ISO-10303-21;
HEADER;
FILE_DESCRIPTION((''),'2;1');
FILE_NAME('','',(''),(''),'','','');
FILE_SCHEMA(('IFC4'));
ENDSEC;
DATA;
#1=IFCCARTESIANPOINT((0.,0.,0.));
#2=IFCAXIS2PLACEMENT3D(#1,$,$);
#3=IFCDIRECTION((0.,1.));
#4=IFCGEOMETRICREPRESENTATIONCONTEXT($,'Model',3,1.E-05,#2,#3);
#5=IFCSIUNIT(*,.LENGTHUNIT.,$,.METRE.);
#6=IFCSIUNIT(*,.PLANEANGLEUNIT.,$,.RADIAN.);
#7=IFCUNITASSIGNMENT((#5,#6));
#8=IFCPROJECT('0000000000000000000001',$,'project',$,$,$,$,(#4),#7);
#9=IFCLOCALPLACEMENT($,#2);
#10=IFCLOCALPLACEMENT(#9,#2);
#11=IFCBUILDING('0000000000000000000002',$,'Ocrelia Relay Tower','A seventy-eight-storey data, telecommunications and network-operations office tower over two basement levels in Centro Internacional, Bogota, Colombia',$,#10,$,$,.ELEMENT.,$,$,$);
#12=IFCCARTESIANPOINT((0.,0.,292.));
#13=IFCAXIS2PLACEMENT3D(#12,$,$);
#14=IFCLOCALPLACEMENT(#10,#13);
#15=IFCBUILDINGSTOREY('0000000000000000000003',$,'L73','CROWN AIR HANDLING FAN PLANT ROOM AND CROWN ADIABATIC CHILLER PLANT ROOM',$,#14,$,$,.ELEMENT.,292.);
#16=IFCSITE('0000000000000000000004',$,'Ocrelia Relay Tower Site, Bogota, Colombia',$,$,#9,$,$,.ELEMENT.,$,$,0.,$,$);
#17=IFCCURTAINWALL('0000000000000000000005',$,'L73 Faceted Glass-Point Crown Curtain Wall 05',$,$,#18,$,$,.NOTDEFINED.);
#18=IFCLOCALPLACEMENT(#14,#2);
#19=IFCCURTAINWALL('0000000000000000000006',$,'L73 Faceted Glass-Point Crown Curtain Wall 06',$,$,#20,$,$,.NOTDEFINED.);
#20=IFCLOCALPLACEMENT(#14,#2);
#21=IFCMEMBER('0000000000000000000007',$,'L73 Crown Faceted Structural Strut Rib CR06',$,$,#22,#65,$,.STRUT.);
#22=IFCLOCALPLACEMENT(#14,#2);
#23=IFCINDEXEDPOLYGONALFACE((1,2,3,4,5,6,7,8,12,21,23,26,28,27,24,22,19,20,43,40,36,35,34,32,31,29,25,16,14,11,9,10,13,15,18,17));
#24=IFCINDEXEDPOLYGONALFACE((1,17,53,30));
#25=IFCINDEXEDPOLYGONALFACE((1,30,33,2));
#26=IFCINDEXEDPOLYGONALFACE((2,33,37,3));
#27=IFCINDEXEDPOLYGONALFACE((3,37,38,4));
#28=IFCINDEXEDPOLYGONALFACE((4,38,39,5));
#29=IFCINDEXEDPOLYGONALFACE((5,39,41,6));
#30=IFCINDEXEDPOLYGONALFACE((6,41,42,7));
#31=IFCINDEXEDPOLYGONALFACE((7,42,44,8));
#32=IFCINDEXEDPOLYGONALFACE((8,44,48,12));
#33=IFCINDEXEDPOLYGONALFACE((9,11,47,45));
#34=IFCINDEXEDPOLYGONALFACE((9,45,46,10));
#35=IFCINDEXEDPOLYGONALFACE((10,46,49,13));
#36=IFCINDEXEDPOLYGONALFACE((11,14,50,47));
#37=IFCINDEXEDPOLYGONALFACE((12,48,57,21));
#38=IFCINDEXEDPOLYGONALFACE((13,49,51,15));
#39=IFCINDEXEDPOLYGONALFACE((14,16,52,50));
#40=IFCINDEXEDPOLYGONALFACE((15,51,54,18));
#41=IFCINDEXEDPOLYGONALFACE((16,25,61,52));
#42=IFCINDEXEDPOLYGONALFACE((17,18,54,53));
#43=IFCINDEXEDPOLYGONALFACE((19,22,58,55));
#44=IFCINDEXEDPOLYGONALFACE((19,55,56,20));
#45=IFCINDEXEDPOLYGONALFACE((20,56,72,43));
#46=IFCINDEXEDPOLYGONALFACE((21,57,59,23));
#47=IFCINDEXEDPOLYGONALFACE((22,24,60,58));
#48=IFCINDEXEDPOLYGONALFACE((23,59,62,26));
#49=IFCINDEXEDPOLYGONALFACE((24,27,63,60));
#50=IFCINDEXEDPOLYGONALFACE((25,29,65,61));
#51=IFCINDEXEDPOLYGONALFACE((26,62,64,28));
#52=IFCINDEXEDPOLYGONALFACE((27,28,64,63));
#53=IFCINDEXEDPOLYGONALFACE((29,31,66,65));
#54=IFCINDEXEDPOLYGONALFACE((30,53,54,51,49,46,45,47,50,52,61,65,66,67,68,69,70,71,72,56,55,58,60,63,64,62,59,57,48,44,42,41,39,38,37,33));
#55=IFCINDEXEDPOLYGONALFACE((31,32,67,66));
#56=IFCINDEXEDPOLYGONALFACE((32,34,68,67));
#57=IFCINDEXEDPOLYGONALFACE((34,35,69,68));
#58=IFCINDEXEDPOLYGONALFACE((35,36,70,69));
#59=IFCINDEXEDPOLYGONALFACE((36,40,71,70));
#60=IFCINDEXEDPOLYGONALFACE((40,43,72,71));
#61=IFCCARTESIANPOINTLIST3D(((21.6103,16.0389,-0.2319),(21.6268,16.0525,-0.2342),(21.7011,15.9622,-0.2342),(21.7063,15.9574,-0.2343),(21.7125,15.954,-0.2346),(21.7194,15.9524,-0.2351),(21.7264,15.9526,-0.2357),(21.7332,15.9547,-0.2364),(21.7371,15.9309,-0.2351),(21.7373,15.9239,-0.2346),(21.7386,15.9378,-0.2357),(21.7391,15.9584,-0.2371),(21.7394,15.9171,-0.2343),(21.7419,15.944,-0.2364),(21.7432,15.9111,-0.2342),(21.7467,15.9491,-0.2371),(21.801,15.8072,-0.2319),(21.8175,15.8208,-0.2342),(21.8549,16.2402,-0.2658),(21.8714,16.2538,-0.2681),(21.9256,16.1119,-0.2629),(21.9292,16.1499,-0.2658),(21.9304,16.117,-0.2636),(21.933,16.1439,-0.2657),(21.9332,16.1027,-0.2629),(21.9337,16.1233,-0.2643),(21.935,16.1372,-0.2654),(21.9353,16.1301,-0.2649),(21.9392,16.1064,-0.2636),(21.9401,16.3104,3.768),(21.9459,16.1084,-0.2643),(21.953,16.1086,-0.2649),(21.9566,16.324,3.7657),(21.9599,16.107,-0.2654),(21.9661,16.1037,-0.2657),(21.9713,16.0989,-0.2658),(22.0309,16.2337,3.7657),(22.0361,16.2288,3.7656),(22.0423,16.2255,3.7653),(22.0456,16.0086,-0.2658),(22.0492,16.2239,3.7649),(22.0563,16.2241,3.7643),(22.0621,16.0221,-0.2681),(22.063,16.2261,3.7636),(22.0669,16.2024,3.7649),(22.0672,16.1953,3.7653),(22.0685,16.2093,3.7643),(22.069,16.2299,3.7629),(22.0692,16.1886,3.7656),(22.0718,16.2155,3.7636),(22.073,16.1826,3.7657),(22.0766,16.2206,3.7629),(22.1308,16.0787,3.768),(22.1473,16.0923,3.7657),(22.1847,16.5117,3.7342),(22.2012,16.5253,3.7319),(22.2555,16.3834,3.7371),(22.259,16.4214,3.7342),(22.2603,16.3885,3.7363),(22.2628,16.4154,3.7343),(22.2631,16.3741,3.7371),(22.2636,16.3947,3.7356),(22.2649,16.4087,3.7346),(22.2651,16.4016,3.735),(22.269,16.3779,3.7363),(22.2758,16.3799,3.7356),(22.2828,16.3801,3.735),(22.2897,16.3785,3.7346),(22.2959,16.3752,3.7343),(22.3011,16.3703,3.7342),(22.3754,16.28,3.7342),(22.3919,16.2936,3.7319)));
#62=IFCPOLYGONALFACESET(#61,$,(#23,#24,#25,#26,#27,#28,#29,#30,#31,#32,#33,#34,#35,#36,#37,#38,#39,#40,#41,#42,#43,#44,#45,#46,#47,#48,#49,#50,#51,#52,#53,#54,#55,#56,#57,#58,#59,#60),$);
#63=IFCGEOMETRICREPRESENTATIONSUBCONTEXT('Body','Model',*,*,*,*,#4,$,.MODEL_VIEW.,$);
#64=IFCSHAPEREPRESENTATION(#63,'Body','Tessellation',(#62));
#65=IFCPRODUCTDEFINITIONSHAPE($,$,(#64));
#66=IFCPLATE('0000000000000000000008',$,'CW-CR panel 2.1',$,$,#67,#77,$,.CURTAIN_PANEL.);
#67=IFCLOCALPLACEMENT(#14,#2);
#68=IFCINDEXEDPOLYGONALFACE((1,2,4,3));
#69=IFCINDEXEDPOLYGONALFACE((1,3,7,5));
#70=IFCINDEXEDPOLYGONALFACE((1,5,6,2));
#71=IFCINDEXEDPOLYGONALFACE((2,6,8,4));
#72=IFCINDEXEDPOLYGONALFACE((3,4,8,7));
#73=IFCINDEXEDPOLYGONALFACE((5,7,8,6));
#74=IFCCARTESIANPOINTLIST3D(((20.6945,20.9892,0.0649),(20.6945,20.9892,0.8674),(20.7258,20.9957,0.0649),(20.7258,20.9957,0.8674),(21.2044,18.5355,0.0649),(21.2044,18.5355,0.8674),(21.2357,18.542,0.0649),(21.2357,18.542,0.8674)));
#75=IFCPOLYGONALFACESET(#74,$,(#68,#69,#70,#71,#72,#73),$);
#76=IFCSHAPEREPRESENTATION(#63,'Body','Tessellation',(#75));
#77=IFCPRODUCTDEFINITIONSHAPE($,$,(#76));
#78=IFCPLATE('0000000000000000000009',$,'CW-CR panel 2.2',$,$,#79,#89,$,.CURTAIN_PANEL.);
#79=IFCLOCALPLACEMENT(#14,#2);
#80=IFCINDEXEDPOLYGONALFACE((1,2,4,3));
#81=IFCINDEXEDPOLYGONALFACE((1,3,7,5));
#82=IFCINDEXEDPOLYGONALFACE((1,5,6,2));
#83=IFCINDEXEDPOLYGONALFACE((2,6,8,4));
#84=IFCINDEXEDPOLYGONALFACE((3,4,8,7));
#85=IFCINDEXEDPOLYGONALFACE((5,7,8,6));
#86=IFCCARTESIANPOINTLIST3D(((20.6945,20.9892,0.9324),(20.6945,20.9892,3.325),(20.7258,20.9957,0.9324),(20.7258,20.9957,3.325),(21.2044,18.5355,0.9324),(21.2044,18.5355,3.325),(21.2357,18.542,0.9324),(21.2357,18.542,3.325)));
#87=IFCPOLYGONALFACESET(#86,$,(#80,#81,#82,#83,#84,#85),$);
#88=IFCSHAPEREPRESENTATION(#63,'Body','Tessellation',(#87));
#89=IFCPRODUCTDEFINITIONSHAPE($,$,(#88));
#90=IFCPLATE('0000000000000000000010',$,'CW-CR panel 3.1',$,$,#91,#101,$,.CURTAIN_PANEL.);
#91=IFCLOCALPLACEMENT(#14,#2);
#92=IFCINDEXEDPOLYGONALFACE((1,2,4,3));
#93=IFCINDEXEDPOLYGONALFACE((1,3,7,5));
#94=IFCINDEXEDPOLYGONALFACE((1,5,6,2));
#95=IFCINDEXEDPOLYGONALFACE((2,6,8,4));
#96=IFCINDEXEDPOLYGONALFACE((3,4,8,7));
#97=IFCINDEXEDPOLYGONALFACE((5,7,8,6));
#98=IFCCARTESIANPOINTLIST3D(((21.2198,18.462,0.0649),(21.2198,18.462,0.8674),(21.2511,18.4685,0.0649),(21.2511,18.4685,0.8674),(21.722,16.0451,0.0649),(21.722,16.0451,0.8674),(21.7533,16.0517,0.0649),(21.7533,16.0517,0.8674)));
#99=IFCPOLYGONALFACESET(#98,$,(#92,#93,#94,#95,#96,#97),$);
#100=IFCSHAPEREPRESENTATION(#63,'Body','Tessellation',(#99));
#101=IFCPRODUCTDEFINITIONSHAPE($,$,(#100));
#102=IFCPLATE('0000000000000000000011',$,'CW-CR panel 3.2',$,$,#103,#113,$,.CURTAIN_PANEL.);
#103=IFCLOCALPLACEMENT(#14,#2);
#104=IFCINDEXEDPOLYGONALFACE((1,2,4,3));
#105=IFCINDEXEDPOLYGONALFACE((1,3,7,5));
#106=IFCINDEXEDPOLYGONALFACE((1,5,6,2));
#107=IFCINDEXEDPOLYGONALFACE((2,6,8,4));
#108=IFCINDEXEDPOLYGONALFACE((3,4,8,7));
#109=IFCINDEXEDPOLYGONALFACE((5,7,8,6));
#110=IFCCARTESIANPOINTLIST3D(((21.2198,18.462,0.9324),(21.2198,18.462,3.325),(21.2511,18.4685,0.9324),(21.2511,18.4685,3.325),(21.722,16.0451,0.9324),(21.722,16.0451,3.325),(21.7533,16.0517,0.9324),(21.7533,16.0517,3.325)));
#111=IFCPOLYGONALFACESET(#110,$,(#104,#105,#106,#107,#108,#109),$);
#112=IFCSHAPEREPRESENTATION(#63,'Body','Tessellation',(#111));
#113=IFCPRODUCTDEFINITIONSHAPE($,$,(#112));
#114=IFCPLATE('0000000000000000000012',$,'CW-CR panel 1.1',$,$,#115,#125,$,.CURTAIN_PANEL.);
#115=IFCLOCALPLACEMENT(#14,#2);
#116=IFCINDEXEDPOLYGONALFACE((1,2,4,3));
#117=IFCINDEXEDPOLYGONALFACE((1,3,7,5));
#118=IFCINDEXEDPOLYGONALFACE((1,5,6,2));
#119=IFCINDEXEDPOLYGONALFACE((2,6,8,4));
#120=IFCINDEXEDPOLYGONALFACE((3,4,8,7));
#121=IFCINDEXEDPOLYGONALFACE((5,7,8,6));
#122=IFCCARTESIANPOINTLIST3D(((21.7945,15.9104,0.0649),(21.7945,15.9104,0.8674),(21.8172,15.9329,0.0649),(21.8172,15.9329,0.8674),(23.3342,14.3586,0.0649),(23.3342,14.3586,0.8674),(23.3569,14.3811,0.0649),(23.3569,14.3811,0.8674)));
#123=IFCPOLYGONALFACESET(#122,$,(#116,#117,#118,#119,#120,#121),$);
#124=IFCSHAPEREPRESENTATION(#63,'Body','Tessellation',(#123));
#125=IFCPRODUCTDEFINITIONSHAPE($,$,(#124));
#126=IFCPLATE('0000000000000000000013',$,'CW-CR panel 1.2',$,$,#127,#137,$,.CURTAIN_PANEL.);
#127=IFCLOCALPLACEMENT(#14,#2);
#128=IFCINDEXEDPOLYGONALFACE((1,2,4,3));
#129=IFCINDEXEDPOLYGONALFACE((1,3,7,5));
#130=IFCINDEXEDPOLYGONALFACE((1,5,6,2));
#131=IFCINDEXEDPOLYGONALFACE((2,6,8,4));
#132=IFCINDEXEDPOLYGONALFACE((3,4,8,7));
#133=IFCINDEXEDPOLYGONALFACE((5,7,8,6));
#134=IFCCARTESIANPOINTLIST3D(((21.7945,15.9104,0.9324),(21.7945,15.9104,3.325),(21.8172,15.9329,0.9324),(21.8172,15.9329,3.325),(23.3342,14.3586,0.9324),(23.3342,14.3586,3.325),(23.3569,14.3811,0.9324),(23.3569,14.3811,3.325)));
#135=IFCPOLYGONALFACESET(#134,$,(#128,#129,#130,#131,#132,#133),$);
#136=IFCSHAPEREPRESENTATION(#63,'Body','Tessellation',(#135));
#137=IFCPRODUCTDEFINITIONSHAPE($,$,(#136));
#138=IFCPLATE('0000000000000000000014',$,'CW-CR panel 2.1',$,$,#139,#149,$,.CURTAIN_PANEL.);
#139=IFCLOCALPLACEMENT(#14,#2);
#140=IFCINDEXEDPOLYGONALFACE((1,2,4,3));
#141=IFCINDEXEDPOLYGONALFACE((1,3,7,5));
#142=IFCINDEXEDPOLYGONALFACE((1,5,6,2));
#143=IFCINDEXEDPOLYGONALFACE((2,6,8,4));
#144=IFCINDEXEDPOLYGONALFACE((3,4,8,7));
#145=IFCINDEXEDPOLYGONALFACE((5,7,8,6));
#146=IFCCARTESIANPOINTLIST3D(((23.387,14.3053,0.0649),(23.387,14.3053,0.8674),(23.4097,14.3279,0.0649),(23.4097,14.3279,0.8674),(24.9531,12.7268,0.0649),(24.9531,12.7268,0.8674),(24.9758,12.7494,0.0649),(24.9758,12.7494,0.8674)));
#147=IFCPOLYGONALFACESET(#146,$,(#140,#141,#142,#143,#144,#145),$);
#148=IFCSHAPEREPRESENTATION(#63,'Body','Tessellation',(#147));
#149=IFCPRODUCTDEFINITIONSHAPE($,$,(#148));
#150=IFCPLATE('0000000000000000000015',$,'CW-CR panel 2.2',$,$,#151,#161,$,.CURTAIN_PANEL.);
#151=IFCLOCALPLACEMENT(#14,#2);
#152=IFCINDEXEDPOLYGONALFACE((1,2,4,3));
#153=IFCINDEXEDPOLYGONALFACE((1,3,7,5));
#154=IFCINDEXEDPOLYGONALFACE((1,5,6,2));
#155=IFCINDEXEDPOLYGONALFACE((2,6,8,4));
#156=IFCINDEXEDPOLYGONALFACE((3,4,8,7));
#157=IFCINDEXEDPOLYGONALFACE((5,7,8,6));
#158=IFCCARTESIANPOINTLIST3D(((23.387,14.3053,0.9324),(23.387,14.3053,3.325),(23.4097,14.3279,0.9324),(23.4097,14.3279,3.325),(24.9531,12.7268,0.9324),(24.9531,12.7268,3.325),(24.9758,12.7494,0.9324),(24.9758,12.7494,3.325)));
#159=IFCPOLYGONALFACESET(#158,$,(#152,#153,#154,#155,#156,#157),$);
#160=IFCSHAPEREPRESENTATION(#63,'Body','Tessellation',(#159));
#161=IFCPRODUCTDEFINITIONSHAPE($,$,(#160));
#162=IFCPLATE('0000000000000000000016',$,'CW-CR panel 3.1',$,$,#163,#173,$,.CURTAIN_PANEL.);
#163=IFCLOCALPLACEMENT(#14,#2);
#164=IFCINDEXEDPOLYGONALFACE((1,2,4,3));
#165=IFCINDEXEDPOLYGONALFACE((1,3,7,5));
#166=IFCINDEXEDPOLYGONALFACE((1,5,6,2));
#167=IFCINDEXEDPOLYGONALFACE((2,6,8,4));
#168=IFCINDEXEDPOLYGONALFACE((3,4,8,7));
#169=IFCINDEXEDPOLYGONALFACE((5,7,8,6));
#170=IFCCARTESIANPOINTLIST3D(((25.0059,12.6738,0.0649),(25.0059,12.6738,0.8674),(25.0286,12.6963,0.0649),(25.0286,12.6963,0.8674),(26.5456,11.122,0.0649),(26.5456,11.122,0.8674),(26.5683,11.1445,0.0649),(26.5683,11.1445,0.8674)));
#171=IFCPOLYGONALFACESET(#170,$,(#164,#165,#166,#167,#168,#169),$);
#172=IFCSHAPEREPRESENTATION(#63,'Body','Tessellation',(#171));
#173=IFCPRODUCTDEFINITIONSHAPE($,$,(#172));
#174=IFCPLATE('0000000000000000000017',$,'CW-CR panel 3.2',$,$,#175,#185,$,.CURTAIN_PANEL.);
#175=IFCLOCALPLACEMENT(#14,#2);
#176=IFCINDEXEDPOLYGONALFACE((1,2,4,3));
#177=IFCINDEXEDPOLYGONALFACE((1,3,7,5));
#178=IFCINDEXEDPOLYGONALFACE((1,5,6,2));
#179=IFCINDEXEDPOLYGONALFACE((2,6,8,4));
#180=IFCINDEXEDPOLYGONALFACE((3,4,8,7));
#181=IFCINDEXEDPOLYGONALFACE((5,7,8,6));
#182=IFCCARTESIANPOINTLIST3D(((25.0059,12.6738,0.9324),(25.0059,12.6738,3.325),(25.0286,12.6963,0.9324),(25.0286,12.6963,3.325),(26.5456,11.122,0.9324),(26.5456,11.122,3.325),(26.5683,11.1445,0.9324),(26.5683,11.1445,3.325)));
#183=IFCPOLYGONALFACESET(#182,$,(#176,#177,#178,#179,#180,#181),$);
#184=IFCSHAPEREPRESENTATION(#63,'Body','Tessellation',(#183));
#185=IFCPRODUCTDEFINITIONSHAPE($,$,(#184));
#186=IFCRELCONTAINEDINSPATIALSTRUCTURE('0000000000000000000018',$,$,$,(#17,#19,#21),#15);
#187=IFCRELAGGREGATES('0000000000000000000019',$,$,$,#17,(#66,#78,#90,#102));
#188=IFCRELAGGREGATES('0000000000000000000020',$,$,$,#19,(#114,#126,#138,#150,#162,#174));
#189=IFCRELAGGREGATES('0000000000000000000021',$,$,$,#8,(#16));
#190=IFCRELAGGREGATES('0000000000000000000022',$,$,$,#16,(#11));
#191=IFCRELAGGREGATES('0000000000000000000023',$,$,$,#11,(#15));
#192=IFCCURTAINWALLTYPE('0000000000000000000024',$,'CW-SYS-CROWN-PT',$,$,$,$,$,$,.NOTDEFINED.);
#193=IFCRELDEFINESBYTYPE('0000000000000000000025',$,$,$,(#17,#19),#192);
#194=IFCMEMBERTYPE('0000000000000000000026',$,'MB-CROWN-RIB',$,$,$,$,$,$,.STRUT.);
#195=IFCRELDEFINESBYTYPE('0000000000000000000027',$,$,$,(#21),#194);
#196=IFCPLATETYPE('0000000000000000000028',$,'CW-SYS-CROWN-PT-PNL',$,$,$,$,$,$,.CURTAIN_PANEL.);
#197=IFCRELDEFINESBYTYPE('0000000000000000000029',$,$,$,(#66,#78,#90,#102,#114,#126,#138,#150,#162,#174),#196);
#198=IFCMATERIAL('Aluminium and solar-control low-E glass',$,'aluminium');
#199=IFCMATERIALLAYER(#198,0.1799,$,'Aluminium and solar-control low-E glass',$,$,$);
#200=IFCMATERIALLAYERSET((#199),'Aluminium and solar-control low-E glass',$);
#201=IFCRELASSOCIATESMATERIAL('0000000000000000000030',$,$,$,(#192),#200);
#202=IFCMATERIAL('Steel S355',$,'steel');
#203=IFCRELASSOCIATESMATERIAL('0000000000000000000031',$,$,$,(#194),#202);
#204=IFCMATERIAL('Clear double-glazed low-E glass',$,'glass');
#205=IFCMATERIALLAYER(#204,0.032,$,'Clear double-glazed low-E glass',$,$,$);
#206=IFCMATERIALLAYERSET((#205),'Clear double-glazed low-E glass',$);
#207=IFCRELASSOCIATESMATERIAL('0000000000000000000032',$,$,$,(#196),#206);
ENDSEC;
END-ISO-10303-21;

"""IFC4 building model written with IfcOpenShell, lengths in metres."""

from ifc_helpers import new_model, si_unit, direction, frame, origin, origin_2d, place, context, subcontext, project, spatial, rectangle, i_section, extrude, material, layer, layer_set, material_profile, profile_set, type_object, element, aggregate, save


model = new_model("IFC4")

# Units and contexts
model_context = context("Model", 3, precision=1e-05, world=origin(), true_north=direction((0.0, 1.0)))
body_context = subcontext(model_context, "Body", "Model", "MODEL_VIEW")
ifc_project = project(units=[si_unit("LENGTHUNIT", "METRE"), si_unit("PLANEANGLEUNIT", "RADIAN")], contexts=[model_context])

# Site, building, storey
site_placement = place(None, origin())
site = spatial("IfcSite", under=ifc_project, at=site_placement, Name="Ocrelia Relay Tower Site, Bogota, Colombia", CompositionType="ELEMENT", RefElevation=0.0)
building_placement = place(site_placement, origin())
building = spatial("IfcBuilding", under=site, at=building_placement, Name="Ocrelia Relay Tower", Description="A seventy-eight-storey data, telecommunications and network-operations office tower over two basement levels in Centro Internacional, Bogota, Colombia", CompositionType="ELEMENT")
storey_placement = place(building_placement, frame((0.0, 0.0, 292.0)))
storey = spatial("IfcBuildingStorey", under=building, at=storey_placement, Name="L73", Description="CROWN AIR HANDLING FAN PLANT ROOM AND CROWN ADIABATIC CHILLER PLANT ROOM", CompositionType="ELEMENT", Elevation=292.0)

# Shared definitions
ifc_material_1 = material(Name="Steel S355", Category="steel")

# Curtain walls
ifc_material_2 = material(Name="Aluminium and solar-control low-E glass", Category="aluminium")
ifc_layer_1 = layer(ifc_material_2, 0.1799, Name="Aluminium and solar-control low-E glass")
ifc_layer_set_1 = layer_set([ifc_layer_1], Name="Aluminium and solar-control low-E glass")
curtain_wall_type = type_object("IfcCurtainWallType", Name="CW-SYS-CROWN-PT", PredefinedType="NOTDEFINED", material=ifc_layer_set_1)
curtain_wall_1_placement = place(storey_placement, origin())
curtain_wall_1 = element("IfcCurtainWall", 1, at=curtain_wall_1_placement, inside=storey, type_object=curtain_wall_type, Name="L73 Faceted Glass-Point Crown Curtain Wall 05", PredefinedType="NOTDEFINED")
curtain_wall_2_placement = place(storey_placement, origin())
curtain_wall_2 = element("IfcCurtainWall", 2, at=curtain_wall_2_placement, inside=storey, type_object=curtain_wall_type, Name="L73 Faceted Glass-Point Crown Curtain Wall 06", PredefinedType="NOTDEFINED")

# Member
ifc_material_profile_1 = material_profile(ifc_material_1, i_section(OverallWidth=0.3, OverallDepth=0.3401, WebThickness=0.012, FlangeThickness=0.0215, FilletRadius=0.0271, at=origin_2d()), Name="HEB 340")
ifc_profile_set_1 = profile_set([ifc_material_profile_1], Name="Steel S355")
member_type_1 = type_object("IfcMemberType", Name="MB-CROWN-RIB", PredefinedType="STRUT", material=ifc_profile_set_1)
member_1_placement = place(storey_placement, frame((21.8362, 16.0305, -0.25), z_axis=(0.081992, 0.067487, 0.994345), x_axis=(-0.635507, 0.772095, 0.0)))
element("IfcMember", 3, at=member_1_placement, inside=storey, type_object=member_type_1, Name="L73 Crown Faceted Structural Strut Rib CR06", PredefinedType="STRUT", context=body_context, shape_type="SweptSolid", body=[
    extrude(i_section(OverallWidth=0.3, OverallDepth=0.3401, WebThickness=0.012, FlangeThickness=0.0215, FilletRadius=0.0271, at=origin_2d()), origin(), (0.0, 0.0, 1.0), 4.0227),
])

# Plates
ifc_material_3 = material(Name="Clear double-glazed low-E glass", Category="glass")
ifc_layer_2 = layer(ifc_material_3, 0.032, Name="Clear double-glazed low-E glass")
ifc_layer_set_2 = layer_set([ifc_layer_2], Name="Clear double-glazed low-E glass")
plate_type = type_object("IfcPlateType", Name="CW-SYS-CROWN-PT-PNL", PredefinedType="CURTAIN_PANEL", material=ifc_layer_set_2)
plate_1_placement = place(storey_placement, frame((20.9651, 19.7656, 0.0649), z_axis=(0.0, 0.0, 1.0), x_axis=(0.203457, -0.979084, 0.0)))
plate_1 = element("IfcPlate", 4, at=plate_1_placement, type_object=plate_type, Name="CW-CR panel 2.1", PredefinedType="CURTAIN_PANEL", context=body_context, shape_type="SweptSolid", body=[
    extrude(rectangle(XDim=2.5061, YDim=0.032, at=origin_2d()), origin(), (0.0, 0.0, 1.0), 0.8025),
])
plate_2_placement = place(storey_placement, frame((20.9651, 19.7656, 0.9324), z_axis=(0.0, 0.0, 1.0), x_axis=(0.203457, -0.979084, 0.0)))
plate_2 = element("IfcPlate", 5, at=plate_2_placement, type_object=plate_type, Name="CW-CR panel 2.2", PredefinedType="CURTAIN_PANEL", context=body_context, shape_type="SweptSolid", body=[
    extrude(rectangle(XDim=2.5061, YDim=0.032, at=origin_2d()), origin(), (0.0, 0.0, 1.0), 2.3926),
])
plate_3_placement = place(storey_placement, frame((21.4866, 17.2568, 0.0649), z_axis=(0.0, 0.0, 1.0), x_axis=(0.203457, -0.979084, 0.0)))
plate_3 = element("IfcPlate", 6, at=plate_3_placement, type_object=plate_type, Name="CW-CR panel 3.1", PredefinedType="CURTAIN_PANEL", context=body_context, shape_type="SweptSolid", body=[
    extrude(rectangle(XDim=2.4685, YDim=0.032, at=origin_2d()), origin(), (0.0, 0.0, 1.0), 0.8025),
])
plate_4_placement = place(storey_placement, frame((21.4866, 17.2568, 0.9324), z_axis=(0.0, 0.0, 1.0), x_axis=(0.203457, -0.979084, 0.0)))
plate_4 = element("IfcPlate", 7, at=plate_4_placement, type_object=plate_type, Name="CW-CR panel 3.2", PredefinedType="CURTAIN_PANEL", context=body_context, shape_type="SweptSolid", body=[
    extrude(rectangle(XDim=2.4685, YDim=0.032, at=origin_2d()), origin(), (0.0, 0.0, 1.0), 2.3926),
])
aggregate(curtain_wall_1, [plate_1, plate_2, plate_3, plate_4])
plate_5_placement = place(storey_placement, frame((22.5757, 15.1458, 0.0649), z_axis=(0.0, 0.0, 1.0), x_axis=(0.704332, -0.709871, 0.0)))
plate_5 = element("IfcPlate", 8, at=plate_5_placement, type_object=plate_type, Name="CW-CR panel 1.1", PredefinedType="CURTAIN_PANEL", context=body_context, shape_type="SweptSolid", body=[
    extrude(rectangle(XDim=2.186, YDim=0.032, at=origin_2d()), origin(), (0.0, 0.0, 1.0), 0.8025),
])
plate_6_placement = place(storey_placement, frame((22.5757, 15.1458, 0.9324), z_axis=(0.0, 0.0, 1.0), x_axis=(0.704332, -0.709871, 0.0)))
plate_6 = element("IfcPlate", 9, at=plate_6_placement, type_object=plate_type, Name="CW-CR panel 1.2", PredefinedType="CURTAIN_PANEL", context=body_context, shape_type="SweptSolid", body=[
    extrude(rectangle(XDim=2.186, YDim=0.032, at=origin_2d()), origin(), (0.0, 0.0, 1.0), 2.3926),
])
plate_7_placement = place(storey_placement, frame((24.1814, 13.5273, 0.0649), z_axis=(0.0, 0.0, 1.0), x_axis=(0.704332, -0.709871, 0.0)))
plate_7 = element("IfcPlate", 10, at=plate_7_placement, type_object=plate_type, Name="CW-CR panel 2.1", PredefinedType="CURTAIN_PANEL", context=body_context, shape_type="SweptSolid", body=[
    extrude(rectangle(XDim=2.2236, YDim=0.032, at=origin_2d()), origin(), (0.0, 0.0, 1.0), 0.8025),
])
plate_8_placement = place(storey_placement, frame((24.1814, 13.5273, 0.9324), z_axis=(0.0, 0.0, 1.0), x_axis=(0.704332, -0.709871, 0.0)))
plate_8 = element("IfcPlate", 11, at=plate_8_placement, type_object=plate_type, Name="CW-CR panel 2.2", PredefinedType="CURTAIN_PANEL", context=body_context, shape_type="SweptSolid", body=[
    extrude(rectangle(XDim=2.2236, YDim=0.032, at=origin_2d()), origin(), (0.0, 0.0, 1.0), 2.3926),
])
plate_9_placement = place(storey_placement, frame((25.7871, 11.9092, 0.0649), z_axis=(0.0, 0.0, 1.0), x_axis=(0.704332, -0.709871, 0.0)))
plate_9 = element("IfcPlate", 12, at=plate_9_placement, type_object=plate_type, Name="CW-CR panel 3.1", PredefinedType="CURTAIN_PANEL", context=body_context, shape_type="SweptSolid", body=[
    extrude(rectangle(XDim=2.186, YDim=0.032, at=origin_2d()), origin(), (0.0, 0.0, 1.0), 0.8025),
])
plate_10_placement = place(storey_placement, frame((25.7871, 11.9092, 0.9324), z_axis=(0.0, 0.0, 1.0), x_axis=(0.704332, -0.709871, 0.0)))
plate_10 = element("IfcPlate", 13, at=plate_10_placement, type_object=plate_type, Name="CW-CR panel 3.2", PredefinedType="CURTAIN_PANEL", context=body_context, shape_type="SweptSolid", body=[
    extrude(rectangle(XDim=2.186, YDim=0.032, at=origin_2d()), origin(), (0.0, 0.0, 1.0), 2.3926),
])
aggregate(curtain_wall_2, [plate_5, plate_6, plate_7, plate_8, plate_9, plate_10])

save(model, "model.ifc")
